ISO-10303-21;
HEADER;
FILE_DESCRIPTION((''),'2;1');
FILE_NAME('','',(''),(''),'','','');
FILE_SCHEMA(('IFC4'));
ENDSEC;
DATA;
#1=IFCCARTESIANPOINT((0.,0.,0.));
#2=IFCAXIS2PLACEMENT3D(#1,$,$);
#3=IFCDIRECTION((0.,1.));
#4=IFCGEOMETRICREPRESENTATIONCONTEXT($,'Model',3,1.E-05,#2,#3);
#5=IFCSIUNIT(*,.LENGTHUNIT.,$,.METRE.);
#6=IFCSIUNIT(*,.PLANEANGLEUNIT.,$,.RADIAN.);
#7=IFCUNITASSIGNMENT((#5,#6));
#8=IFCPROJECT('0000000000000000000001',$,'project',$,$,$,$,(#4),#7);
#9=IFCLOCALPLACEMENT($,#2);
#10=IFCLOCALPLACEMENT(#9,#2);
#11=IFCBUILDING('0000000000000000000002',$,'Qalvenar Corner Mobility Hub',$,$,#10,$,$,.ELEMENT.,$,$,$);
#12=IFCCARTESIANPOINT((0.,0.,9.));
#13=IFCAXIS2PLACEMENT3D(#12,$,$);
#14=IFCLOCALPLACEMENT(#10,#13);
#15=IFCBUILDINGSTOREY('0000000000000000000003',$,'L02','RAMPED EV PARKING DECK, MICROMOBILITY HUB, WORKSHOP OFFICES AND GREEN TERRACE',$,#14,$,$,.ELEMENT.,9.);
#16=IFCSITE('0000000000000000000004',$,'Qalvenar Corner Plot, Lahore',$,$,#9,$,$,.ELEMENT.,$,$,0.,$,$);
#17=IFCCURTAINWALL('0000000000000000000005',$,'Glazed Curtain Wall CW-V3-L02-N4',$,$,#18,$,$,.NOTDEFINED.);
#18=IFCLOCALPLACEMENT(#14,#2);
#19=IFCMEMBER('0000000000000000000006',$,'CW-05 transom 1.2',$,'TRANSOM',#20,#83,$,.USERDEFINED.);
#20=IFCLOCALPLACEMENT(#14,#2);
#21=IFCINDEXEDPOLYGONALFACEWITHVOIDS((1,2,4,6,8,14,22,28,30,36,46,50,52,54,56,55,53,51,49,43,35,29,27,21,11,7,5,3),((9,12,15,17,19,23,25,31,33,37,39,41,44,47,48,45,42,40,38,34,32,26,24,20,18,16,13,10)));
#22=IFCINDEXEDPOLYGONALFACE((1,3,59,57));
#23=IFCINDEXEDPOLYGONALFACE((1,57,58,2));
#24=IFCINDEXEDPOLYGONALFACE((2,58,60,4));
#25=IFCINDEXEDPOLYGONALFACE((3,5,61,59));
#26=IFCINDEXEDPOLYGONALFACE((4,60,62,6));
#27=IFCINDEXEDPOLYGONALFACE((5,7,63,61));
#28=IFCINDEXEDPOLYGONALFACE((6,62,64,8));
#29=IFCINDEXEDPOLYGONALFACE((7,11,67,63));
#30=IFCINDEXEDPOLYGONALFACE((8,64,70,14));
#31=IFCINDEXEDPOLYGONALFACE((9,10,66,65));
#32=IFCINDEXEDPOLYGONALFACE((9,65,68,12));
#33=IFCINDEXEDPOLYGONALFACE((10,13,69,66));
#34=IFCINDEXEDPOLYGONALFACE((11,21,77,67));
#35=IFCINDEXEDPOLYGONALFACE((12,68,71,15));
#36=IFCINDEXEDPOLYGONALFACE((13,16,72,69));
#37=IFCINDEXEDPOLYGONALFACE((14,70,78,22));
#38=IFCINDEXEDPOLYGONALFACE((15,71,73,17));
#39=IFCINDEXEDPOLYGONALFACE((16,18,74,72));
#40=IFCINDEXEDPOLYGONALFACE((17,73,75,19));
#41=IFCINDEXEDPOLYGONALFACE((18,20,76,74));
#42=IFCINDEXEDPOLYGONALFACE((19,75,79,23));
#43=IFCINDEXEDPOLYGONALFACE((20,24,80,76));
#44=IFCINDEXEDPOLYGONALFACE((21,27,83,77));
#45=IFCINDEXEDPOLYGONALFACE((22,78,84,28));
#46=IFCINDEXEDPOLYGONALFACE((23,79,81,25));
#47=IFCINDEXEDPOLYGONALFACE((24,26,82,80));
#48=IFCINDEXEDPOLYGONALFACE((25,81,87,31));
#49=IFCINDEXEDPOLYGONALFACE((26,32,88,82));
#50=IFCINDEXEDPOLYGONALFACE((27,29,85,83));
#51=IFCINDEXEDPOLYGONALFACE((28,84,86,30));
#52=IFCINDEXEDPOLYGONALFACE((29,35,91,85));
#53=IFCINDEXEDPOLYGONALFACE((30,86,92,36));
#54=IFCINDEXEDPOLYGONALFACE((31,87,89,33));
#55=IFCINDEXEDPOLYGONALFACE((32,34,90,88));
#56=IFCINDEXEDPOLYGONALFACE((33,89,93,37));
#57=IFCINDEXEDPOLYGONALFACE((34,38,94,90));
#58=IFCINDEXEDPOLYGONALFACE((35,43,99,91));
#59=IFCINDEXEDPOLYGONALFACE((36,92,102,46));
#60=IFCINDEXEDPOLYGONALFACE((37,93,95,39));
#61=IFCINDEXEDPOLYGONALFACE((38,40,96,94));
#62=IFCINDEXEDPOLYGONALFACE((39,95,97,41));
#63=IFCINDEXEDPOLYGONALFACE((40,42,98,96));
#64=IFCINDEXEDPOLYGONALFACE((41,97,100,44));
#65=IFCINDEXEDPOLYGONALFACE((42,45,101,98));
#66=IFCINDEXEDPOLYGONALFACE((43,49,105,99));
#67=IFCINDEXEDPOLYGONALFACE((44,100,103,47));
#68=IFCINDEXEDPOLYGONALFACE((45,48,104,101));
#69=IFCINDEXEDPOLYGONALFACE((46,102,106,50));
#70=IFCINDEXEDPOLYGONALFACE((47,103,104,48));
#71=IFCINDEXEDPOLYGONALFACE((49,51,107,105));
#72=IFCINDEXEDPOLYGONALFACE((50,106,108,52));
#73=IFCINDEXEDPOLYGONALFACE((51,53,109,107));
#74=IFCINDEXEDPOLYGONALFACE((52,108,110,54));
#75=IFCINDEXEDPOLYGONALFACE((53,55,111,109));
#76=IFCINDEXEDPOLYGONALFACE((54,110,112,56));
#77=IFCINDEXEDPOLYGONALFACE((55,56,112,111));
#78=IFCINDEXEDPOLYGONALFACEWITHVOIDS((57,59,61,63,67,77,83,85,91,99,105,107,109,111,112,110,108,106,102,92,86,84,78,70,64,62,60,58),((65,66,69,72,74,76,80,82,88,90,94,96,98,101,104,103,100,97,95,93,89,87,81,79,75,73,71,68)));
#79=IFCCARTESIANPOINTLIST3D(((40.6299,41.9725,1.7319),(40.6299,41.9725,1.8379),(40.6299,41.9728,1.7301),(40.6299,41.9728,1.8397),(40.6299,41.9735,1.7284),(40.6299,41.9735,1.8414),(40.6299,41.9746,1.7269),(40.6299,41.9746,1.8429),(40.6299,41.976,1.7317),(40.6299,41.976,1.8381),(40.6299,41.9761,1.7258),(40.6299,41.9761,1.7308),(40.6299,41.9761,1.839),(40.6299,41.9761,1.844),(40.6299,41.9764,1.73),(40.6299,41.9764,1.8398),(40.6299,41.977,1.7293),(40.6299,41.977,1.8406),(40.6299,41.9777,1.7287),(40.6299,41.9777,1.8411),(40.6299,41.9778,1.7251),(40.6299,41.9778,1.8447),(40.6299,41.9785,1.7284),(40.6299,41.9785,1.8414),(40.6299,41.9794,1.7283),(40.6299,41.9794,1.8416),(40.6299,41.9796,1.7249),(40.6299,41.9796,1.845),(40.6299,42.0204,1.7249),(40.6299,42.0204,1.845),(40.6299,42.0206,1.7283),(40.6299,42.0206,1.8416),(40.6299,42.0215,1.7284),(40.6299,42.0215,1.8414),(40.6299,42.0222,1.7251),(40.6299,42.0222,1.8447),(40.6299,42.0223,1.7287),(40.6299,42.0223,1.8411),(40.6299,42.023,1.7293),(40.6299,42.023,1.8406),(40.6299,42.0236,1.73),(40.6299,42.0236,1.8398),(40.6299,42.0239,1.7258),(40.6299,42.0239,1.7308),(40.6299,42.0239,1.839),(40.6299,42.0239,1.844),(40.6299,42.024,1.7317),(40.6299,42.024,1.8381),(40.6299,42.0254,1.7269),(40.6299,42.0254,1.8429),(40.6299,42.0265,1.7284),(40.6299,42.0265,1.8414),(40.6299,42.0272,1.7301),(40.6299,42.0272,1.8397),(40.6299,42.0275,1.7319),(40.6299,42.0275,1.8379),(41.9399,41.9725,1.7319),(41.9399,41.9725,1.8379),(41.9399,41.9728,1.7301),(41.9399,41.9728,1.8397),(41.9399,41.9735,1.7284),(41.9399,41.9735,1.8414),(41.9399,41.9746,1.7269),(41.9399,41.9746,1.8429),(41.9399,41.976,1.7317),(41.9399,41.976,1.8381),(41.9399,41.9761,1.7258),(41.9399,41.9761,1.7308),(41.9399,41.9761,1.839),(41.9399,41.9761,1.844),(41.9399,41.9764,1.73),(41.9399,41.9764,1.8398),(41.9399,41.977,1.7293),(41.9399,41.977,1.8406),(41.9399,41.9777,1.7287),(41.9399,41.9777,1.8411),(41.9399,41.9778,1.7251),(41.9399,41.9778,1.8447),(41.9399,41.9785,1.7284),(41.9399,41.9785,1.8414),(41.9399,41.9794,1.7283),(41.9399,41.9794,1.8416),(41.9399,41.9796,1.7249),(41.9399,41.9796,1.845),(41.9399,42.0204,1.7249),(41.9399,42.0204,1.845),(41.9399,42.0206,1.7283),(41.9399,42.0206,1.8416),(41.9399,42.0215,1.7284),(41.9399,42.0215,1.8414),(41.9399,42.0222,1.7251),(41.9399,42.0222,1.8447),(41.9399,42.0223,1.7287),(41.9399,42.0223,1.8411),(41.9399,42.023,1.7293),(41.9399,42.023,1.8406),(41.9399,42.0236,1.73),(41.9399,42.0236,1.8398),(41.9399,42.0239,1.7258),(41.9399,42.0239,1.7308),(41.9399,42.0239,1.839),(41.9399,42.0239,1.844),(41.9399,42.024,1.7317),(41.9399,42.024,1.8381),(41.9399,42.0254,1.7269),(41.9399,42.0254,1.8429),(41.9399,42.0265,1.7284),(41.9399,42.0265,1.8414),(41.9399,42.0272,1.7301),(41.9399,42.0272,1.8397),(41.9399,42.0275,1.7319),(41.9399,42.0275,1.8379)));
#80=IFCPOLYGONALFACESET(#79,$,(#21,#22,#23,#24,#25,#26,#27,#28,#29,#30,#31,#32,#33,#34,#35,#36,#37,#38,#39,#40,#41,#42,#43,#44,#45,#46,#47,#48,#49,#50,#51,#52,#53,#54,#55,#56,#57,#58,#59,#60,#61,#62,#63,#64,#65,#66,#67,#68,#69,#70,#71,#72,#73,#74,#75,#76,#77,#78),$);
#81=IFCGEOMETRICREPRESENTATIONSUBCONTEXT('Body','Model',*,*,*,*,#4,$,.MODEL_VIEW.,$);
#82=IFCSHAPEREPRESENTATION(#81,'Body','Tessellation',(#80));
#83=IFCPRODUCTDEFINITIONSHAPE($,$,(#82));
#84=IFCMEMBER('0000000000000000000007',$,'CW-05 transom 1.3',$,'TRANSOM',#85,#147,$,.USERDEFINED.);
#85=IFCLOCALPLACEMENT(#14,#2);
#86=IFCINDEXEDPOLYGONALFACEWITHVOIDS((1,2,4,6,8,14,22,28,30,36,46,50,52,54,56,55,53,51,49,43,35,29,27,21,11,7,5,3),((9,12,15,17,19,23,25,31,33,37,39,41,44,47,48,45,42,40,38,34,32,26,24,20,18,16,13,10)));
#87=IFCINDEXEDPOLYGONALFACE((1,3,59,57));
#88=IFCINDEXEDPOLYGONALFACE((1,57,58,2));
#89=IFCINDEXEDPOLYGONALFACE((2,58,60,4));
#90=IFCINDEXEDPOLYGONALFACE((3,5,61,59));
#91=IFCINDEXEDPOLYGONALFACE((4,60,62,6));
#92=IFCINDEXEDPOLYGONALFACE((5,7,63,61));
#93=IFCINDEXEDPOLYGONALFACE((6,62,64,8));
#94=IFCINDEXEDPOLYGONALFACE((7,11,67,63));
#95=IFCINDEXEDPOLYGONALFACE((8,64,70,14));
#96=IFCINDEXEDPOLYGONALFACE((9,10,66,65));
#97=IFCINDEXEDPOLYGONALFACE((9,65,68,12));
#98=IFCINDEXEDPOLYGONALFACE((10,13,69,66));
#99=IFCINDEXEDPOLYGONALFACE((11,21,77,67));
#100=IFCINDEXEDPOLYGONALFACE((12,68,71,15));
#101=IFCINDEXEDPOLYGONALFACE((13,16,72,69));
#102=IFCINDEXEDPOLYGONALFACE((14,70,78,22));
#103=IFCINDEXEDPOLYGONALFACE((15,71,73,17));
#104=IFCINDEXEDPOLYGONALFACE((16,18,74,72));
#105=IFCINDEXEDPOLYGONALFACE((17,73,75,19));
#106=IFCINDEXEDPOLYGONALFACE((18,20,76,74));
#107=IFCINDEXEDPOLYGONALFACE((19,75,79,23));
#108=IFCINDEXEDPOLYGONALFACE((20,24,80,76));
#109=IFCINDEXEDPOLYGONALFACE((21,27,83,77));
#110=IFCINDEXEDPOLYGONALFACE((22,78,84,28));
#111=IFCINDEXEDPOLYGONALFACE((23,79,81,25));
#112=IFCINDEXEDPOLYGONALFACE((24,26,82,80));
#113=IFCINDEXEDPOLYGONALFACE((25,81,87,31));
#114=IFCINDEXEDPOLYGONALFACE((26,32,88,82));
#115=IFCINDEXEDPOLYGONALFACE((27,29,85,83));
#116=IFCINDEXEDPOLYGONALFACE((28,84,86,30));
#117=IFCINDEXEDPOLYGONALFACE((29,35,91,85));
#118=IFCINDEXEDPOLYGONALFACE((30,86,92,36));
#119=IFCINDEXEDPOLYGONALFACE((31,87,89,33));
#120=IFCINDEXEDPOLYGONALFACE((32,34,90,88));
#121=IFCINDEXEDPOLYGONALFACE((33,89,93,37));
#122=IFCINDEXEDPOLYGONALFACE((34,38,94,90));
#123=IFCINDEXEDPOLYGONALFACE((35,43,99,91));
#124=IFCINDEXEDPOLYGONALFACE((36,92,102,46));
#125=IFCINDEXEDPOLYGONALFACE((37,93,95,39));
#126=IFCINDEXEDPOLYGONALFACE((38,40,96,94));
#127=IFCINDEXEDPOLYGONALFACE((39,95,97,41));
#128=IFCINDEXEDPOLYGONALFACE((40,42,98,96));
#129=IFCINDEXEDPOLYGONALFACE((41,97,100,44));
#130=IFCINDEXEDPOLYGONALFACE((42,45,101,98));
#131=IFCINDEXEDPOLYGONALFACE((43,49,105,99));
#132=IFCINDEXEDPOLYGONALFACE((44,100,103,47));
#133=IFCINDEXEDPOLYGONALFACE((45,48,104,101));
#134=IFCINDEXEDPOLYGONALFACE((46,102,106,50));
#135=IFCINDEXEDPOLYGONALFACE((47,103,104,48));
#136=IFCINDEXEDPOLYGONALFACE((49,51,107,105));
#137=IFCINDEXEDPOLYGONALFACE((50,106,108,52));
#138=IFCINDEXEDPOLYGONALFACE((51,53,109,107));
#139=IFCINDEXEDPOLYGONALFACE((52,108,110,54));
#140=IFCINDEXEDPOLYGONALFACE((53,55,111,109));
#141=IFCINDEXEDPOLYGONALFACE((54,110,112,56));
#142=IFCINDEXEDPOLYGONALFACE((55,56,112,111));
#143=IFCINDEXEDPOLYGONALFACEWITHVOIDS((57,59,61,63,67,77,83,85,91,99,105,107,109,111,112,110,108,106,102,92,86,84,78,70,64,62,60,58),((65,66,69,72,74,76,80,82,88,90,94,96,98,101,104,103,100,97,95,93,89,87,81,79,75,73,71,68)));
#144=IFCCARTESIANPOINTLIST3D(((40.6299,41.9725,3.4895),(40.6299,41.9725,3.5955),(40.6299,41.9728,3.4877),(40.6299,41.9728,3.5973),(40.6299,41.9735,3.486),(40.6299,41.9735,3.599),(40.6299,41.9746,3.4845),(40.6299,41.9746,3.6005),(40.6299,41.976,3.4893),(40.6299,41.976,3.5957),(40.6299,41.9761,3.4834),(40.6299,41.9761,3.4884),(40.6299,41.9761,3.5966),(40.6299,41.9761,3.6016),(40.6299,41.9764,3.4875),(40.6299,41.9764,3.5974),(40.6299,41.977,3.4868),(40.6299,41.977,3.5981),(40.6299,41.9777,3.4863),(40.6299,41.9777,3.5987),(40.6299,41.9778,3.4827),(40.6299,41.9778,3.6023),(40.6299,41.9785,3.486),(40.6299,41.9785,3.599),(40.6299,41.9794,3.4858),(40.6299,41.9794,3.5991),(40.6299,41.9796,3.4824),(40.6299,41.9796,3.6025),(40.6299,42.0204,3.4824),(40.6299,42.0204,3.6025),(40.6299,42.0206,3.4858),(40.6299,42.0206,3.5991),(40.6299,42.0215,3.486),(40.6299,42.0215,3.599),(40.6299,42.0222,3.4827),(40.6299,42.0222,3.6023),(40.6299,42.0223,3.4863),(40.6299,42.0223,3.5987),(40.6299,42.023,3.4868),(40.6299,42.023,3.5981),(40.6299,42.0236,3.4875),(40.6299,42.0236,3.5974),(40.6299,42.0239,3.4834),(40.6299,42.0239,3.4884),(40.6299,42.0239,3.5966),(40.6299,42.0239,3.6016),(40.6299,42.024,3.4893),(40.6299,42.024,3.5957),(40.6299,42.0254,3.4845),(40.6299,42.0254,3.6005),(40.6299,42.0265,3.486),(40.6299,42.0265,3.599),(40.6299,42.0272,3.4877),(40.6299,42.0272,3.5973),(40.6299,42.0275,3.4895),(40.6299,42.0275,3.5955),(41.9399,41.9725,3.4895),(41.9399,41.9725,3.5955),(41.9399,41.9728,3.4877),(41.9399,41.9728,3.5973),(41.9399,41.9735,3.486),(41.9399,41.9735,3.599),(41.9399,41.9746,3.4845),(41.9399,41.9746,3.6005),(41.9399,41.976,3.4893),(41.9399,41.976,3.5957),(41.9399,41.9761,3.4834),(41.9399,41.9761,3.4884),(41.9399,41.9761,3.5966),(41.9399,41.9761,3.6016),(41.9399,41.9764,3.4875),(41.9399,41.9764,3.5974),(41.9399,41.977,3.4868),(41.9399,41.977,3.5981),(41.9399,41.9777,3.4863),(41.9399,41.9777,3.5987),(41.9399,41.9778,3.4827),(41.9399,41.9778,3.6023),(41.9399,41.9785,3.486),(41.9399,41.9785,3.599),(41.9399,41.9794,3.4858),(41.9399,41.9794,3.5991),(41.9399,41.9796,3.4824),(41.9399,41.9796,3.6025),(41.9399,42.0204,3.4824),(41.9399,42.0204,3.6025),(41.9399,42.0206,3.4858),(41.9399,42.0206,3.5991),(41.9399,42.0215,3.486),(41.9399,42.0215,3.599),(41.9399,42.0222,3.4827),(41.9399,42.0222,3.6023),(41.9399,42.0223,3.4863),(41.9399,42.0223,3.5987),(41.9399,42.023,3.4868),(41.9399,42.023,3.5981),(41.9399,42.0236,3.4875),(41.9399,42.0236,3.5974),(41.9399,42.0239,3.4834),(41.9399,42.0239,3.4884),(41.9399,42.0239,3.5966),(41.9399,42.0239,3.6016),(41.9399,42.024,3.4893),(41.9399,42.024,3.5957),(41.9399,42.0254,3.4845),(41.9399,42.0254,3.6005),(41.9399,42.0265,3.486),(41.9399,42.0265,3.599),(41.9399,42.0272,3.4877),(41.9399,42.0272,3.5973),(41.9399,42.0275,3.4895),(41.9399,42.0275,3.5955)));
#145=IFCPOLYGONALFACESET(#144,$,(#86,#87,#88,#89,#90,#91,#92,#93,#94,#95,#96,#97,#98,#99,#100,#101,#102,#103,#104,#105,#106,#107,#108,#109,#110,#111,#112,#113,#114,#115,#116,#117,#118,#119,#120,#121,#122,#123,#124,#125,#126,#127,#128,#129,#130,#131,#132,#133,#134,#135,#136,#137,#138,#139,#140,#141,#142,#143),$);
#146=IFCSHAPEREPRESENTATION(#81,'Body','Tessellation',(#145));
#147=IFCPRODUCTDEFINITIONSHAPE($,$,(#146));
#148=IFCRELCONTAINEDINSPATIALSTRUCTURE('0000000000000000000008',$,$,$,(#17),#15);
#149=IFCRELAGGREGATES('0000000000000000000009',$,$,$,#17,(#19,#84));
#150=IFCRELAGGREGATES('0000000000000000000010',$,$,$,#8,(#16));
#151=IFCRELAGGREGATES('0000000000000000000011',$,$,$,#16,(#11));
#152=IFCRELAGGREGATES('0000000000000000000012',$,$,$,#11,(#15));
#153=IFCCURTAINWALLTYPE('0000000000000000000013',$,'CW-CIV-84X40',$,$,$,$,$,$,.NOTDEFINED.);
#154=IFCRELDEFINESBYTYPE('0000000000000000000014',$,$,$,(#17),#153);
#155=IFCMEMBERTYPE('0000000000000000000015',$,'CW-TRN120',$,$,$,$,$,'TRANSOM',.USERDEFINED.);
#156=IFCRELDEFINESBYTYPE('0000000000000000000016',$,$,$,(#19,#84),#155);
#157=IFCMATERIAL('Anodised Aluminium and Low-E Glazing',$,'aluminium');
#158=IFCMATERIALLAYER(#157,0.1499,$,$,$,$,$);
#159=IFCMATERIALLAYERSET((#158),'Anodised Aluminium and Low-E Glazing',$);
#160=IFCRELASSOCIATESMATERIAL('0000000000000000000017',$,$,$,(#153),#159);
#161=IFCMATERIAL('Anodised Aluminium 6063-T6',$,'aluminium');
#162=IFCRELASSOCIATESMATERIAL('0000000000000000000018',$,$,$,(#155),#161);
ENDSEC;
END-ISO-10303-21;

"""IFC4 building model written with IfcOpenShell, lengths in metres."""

from ifc_helpers import new_model, si_unit, direction, frame, origin, origin_2d, place, context, subcontext, project, spatial, hollow_rectangle, extrude, material, layer, layer_set, material_profile, profile_set, type_object, element, aggregate, save


model = new_model("IFC4")

# Units and contexts
model_context = context("Model", 3, precision=1e-05, world=origin(), true_north=direction((0.0, 1.0)))
body_context = subcontext(model_context, "Body", "Model", "MODEL_VIEW")
ifc_project = project(units=[si_unit("LENGTHUNIT", "METRE"), si_unit("PLANEANGLEUNIT", "RADIAN")], contexts=[model_context])

# Site, building, storey
site_placement = place(None, origin())
site = spatial("IfcSite", under=ifc_project, at=site_placement, Name="Qalvenar Corner Plot, Lahore", CompositionType="ELEMENT", RefElevation=0.0)
building_placement = place(site_placement, origin())
building = spatial("IfcBuilding", under=site, at=building_placement, Name="Qalvenar Corner Mobility Hub", CompositionType="ELEMENT")
storey_placement = place(building_placement, frame((0.0, 0.0, 9.0)))
storey = spatial("IfcBuildingStorey", under=building, at=storey_placement, Name="L02", Description="RAMPED EV PARKING DECK, MICROMOBILITY HUB, WORKSHOP OFFICES AND GREEN TERRACE", CompositionType="ELEMENT", Elevation=9.0)

# Curtain wall, members
ifc_material_1 = material(Name="Anodised Aluminium and Low-E Glazing", Category="aluminium")
ifc_layer_1 = layer(ifc_material_1, 0.1499)
ifc_layer_set_1 = layer_set([ifc_layer_1], Name="Anodised Aluminium and Low-E Glazing")
curtain_wall_type = type_object("IfcCurtainWallType", Name="CW-CIV-84X40", PredefinedType="NOTDEFINED", material=ifc_layer_set_1)
curtain_wall_placement = place(storey_placement, origin())
curtain_wall = element("IfcCurtainWall", 1, at=curtain_wall_placement, inside=storey, type_object=curtain_wall_type, Name="Glazed Curtain Wall CW-V3-L02-N4", PredefinedType="NOTDEFINED")
ifc_material_2 = material(Name="Anodised Aluminium 6063-T6", Category="aluminium")
ifc_material_profile_1 = material_profile(ifc_material_2, hollow_rectangle(XDim=0.0549, YDim=0.1201, WallThickness=0.0034, InnerFilletRadius=0.0034, OuterFilletRadius=0.0071, at=origin_2d()), Name="RHS120x55x3.5")
ifc_profile_set_1 = profile_set([ifc_material_profile_1], Name="Anodised Aluminium 6063-T6")
member_type_1 = type_object("IfcMemberType", Name="CW-TRN120", ElementType="TRANSOM", PredefinedType="USERDEFINED", material=ifc_profile_set_1)
member_1_placement = place(storey_placement, frame((41.9399, 42.0, 1.7849), z_axis=(-1.0, 0.0, 0.0), x_axis=(0.0, -1.0, 0.0)))
member_1 = element("IfcMember", 2, at=member_1_placement, type_object=member_type_1, Name="CW-05 transom 1.2", ObjectType="TRANSOM", PredefinedType="USERDEFINED", context=body_context, shape_type="SweptSolid", body=[
    extrude(hollow_rectangle(XDim=0.0549, YDim=0.1201, WallThickness=0.0034, InnerFilletRadius=0.0034, OuterFilletRadius=0.0071, at=origin_2d()), origin(), (0.0, 0.0, 1.0), 1.3101),
])
member_2_placement = place(storey_placement, frame((41.9399, 42.0, 3.5425), z_axis=(-1.0, 0.0, 0.0), x_axis=(0.0, -1.0, 0.0)))
member_2 = element("IfcMember", 3, at=member_2_placement, type_object=member_type_1, Name="CW-05 transom 1.3", ObjectType="TRANSOM", PredefinedType="USERDEFINED", context=body_context, shape_type="SweptSolid", body=[
    extrude(hollow_rectangle(XDim=0.0549, YDim=0.1201, WallThickness=0.0034, InnerFilletRadius=0.0034, OuterFilletRadius=0.0071, at=origin_2d()), origin(), (0.0, 0.0, 1.0), 1.3101),
])
aggregate(curtain_wall, [member_1, member_2])

save(model, "model.ifc")
